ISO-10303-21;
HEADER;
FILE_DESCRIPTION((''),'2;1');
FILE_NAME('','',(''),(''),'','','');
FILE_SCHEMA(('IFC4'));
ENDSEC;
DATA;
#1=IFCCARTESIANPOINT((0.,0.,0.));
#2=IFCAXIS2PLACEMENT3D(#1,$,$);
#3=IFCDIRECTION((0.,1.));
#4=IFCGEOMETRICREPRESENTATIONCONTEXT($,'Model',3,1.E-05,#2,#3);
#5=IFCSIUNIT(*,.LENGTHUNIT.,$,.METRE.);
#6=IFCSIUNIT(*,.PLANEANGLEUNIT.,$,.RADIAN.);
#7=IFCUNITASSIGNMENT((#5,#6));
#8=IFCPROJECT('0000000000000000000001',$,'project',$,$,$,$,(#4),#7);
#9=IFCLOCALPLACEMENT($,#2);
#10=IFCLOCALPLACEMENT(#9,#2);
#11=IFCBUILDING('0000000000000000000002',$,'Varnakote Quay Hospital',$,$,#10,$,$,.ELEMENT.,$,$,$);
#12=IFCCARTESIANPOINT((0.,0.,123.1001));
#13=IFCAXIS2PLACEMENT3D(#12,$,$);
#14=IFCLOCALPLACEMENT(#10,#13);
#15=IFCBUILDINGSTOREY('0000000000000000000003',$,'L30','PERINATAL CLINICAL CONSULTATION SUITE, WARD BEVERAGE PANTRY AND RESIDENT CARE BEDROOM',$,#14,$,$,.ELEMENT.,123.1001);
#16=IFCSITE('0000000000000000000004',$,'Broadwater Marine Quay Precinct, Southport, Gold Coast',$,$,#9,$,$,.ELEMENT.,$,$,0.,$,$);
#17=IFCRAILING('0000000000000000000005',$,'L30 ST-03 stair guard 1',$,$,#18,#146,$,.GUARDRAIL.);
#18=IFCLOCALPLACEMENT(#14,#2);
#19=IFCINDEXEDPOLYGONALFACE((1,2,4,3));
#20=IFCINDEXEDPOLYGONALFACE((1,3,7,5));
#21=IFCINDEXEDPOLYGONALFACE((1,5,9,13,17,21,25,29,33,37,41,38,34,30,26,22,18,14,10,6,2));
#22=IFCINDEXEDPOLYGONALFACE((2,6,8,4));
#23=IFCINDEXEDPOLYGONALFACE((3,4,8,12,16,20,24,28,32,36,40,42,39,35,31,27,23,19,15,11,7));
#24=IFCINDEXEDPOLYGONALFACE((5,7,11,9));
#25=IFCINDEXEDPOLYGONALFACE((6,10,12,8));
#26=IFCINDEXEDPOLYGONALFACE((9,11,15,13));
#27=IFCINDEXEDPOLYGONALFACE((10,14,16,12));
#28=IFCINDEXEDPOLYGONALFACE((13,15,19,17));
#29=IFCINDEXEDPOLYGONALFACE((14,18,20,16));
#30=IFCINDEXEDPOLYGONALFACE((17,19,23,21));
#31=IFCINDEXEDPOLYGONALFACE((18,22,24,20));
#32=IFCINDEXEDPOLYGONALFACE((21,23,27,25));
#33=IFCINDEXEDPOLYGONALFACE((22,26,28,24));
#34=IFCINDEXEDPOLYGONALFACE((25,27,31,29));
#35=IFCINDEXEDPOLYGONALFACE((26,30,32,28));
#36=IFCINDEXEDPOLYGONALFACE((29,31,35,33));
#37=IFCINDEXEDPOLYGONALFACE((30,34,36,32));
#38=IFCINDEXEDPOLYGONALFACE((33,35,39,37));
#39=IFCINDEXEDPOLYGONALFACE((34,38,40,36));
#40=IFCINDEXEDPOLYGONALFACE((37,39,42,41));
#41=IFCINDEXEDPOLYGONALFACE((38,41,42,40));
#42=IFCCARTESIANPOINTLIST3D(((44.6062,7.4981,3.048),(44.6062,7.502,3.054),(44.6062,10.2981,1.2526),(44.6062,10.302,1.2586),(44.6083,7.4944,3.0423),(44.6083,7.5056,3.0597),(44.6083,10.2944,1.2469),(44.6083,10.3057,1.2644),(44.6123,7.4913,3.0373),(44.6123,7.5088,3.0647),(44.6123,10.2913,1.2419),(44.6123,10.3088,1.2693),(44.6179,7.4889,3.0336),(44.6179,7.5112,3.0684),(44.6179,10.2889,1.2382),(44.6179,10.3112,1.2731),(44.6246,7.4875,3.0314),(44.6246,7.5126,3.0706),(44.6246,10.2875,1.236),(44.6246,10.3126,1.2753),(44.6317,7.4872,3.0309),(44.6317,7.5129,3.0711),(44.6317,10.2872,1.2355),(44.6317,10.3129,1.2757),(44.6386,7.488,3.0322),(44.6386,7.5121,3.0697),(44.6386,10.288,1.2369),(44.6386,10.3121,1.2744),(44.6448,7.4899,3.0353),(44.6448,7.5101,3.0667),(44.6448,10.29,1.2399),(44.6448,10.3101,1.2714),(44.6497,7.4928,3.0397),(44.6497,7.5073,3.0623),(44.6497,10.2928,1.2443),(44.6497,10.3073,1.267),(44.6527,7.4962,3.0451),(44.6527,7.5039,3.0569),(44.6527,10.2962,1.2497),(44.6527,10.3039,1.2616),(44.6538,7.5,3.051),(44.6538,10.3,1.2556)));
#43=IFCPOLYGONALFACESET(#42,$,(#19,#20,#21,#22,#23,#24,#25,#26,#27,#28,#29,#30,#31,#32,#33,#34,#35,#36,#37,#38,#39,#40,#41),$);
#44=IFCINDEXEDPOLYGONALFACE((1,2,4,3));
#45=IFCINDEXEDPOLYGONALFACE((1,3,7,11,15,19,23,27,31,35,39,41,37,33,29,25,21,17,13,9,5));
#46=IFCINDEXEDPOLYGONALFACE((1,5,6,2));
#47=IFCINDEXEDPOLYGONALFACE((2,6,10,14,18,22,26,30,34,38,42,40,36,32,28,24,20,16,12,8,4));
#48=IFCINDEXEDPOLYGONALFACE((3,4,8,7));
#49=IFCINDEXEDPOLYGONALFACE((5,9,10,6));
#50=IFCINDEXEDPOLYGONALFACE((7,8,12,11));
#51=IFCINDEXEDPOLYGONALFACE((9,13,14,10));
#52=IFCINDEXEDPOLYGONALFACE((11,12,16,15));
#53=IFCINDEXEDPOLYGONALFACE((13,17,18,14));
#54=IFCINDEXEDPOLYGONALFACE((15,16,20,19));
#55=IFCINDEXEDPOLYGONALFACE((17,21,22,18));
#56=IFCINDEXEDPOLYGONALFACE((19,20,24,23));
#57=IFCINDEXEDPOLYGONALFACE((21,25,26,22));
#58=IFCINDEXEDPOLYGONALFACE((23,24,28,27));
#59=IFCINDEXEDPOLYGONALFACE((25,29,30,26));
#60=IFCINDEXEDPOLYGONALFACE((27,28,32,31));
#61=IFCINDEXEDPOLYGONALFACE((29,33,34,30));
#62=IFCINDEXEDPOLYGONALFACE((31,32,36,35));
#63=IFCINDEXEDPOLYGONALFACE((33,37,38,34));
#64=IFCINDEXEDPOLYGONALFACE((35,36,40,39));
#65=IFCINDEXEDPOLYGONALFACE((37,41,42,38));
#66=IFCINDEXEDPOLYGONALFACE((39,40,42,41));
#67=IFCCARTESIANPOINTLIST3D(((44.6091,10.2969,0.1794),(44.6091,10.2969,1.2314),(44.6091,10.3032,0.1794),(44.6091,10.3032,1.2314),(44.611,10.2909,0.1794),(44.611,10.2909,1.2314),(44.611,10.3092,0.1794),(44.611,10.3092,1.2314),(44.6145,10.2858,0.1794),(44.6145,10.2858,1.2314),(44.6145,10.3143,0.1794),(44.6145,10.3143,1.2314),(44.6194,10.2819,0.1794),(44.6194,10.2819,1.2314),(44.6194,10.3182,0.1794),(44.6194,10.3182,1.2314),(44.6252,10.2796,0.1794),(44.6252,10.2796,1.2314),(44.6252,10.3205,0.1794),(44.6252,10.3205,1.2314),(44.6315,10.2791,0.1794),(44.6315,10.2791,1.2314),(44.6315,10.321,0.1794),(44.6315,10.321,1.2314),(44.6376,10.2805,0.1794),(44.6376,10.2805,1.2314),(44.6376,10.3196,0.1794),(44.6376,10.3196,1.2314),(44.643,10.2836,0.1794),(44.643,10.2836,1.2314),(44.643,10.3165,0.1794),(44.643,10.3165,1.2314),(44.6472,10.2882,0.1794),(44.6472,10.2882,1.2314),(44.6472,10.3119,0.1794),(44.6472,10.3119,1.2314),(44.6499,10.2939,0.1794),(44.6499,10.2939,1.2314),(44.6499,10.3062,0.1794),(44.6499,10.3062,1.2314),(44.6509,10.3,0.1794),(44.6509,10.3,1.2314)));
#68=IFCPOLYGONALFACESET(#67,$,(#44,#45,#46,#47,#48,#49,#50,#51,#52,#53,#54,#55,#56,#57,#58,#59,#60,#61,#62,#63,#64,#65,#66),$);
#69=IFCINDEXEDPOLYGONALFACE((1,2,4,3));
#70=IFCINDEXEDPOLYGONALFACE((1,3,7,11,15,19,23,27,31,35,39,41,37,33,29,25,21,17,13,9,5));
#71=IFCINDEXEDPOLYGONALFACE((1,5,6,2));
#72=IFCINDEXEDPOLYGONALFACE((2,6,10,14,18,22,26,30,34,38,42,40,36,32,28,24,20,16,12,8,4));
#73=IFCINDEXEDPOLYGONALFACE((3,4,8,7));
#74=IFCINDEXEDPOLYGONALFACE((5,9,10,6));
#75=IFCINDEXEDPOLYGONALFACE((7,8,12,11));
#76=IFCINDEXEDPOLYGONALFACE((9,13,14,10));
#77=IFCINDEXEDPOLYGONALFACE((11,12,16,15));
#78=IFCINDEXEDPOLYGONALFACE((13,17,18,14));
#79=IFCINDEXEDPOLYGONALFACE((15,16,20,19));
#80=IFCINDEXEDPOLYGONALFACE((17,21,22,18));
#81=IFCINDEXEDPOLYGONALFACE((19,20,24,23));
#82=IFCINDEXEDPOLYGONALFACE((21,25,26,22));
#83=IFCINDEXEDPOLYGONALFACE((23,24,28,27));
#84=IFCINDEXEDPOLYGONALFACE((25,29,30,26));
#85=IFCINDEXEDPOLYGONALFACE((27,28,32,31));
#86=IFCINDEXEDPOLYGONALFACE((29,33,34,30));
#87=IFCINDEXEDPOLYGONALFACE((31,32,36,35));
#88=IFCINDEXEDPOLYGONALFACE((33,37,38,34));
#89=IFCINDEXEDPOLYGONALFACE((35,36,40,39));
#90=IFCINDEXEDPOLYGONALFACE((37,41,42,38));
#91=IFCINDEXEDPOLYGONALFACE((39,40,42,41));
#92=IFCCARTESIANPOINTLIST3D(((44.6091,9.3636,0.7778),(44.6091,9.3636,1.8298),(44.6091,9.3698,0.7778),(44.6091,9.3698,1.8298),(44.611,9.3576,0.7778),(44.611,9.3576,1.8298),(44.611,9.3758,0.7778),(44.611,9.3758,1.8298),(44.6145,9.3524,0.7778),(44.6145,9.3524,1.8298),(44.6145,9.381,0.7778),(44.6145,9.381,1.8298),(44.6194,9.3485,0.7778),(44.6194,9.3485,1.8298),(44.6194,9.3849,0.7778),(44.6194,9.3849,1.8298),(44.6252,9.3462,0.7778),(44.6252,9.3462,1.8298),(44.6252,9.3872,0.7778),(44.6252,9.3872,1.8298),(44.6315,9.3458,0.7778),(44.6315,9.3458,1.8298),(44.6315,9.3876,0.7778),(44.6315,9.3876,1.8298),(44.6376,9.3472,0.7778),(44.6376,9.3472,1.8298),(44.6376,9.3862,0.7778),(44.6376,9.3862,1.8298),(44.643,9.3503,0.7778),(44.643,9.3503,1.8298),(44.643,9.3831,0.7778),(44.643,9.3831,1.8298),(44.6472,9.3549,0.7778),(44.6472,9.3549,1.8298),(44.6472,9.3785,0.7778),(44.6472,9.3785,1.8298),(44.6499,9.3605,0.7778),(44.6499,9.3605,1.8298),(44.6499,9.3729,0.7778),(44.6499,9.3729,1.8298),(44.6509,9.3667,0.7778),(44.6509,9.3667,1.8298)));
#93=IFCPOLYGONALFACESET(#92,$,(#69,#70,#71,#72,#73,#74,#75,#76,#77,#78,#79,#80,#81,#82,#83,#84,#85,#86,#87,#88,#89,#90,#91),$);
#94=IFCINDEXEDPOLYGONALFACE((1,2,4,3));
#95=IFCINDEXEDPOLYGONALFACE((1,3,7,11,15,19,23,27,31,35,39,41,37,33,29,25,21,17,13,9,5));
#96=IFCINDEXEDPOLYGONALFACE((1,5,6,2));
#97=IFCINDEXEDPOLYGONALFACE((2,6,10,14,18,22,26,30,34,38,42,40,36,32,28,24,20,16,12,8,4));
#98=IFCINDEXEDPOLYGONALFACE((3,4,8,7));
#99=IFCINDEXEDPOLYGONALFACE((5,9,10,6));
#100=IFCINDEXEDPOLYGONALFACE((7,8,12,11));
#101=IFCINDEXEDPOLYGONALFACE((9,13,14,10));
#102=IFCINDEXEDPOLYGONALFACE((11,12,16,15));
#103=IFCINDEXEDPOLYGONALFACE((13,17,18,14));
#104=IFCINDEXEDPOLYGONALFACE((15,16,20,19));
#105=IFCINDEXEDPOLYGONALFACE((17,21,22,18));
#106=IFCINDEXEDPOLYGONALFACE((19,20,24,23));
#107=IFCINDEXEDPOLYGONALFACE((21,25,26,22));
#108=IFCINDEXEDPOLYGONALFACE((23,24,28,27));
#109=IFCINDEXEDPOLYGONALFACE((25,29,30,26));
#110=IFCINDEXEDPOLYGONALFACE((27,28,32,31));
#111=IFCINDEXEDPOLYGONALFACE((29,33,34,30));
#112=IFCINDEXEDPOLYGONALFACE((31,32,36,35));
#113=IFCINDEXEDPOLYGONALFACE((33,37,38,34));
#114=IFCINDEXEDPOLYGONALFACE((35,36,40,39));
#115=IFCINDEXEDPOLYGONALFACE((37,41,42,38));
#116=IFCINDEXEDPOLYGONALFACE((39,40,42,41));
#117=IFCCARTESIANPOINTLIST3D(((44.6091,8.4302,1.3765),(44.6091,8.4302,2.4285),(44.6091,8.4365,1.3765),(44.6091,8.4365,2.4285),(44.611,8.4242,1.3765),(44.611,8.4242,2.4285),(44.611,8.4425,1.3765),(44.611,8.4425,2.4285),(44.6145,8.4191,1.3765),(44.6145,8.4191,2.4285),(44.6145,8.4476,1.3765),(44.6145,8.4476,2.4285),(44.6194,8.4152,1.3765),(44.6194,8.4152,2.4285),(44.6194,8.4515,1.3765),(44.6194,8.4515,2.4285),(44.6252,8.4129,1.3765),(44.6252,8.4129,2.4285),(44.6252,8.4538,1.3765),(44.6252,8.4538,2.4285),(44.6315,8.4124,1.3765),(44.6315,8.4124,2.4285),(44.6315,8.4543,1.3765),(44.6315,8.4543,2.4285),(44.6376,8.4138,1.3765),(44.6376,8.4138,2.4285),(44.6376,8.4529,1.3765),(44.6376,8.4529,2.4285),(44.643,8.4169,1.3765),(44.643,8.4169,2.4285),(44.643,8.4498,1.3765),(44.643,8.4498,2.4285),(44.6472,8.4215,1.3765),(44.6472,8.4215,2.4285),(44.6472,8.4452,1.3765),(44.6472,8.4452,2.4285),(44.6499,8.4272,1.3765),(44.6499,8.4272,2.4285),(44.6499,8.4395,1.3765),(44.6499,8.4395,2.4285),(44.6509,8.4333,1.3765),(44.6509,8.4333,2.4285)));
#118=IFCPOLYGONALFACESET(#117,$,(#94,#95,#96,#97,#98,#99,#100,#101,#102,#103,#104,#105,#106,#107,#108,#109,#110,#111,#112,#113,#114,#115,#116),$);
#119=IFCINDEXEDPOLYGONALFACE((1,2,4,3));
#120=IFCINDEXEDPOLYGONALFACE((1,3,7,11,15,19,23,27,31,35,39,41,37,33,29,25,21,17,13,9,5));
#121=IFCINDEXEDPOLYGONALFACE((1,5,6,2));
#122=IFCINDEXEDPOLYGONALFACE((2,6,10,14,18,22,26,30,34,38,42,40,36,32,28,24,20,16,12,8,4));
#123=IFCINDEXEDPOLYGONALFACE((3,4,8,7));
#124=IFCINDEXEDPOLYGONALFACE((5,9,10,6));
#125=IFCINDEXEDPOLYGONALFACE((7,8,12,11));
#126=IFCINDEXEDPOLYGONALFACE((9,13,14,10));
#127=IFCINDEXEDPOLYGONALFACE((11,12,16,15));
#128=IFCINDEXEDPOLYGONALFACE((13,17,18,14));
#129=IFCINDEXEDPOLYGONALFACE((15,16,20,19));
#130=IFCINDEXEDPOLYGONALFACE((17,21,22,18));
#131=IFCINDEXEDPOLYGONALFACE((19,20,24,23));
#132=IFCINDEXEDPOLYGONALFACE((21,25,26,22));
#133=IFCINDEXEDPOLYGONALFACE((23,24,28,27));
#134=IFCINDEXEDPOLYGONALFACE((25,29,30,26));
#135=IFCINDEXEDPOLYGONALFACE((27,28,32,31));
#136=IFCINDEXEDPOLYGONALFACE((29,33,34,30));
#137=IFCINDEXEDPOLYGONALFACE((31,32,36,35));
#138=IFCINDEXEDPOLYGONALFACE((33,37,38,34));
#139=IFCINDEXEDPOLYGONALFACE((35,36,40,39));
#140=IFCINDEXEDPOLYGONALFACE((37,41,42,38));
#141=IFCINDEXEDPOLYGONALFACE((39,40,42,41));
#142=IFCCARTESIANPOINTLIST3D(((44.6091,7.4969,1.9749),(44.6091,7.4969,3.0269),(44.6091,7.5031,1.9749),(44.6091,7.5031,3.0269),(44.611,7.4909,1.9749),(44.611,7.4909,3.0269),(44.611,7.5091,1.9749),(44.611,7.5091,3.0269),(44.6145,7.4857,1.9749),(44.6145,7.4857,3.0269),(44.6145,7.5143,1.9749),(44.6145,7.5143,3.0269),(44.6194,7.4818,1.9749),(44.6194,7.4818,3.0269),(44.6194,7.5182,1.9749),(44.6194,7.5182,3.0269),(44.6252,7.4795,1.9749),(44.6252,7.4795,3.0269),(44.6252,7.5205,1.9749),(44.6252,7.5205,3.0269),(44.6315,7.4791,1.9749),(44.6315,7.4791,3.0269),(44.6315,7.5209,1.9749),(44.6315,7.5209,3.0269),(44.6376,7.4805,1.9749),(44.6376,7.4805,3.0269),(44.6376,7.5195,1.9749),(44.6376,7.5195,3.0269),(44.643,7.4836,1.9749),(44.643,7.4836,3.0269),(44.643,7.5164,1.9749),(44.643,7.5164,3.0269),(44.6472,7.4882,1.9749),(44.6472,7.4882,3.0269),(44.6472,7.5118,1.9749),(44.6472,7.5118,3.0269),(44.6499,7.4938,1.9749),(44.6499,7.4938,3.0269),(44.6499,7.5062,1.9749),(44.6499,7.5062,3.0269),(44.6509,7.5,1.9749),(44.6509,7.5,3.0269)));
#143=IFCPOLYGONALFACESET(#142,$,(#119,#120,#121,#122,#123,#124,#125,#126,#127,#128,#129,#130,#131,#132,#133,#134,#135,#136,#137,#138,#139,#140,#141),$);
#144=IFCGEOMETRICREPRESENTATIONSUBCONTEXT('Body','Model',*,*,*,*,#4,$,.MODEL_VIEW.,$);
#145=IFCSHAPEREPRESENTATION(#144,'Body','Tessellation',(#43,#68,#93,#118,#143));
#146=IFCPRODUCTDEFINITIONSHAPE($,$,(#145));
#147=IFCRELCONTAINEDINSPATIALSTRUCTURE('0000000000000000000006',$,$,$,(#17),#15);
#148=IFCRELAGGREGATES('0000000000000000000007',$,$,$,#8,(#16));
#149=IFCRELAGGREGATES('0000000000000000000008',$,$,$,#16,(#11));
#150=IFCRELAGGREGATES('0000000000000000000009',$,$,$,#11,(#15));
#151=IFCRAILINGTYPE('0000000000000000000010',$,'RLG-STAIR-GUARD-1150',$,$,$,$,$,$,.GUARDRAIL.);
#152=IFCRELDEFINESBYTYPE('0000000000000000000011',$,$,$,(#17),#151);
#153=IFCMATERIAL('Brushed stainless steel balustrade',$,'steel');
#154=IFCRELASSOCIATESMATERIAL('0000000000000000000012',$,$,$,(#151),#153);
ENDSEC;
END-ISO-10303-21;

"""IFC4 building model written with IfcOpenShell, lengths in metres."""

from ifc_helpers import new_model, si_unit, direction, frame, origin, origin_2d, place, context, subcontext, project, spatial, circle, extrude, material, type_object, element, save


model = new_model("IFC4")

# Units and contexts
model_context = context("Model", 3, precision=1e-05, world=origin(), true_north=direction((0.0, 1.0)))
body_context = subcontext(model_context, "Body", "Model", "MODEL_VIEW")
ifc_project = project(units=[si_unit("LENGTHUNIT", "METRE"), si_unit("PLANEANGLEUNIT", "RADIAN")], contexts=[model_context])

# Site, building, storey
site_placement = place(None, origin())
site = spatial("IfcSite", under=ifc_project, at=site_placement, Name="Broadwater Marine Quay Precinct, Southport, Gold Coast", CompositionType="ELEMENT", RefElevation=0.0)
building_placement = place(site_placement, origin())
building = spatial("IfcBuilding", under=site, at=building_placement, Name="Varnakote Quay Hospital", CompositionType="ELEMENT")
storey_placement = place(building_placement, frame((0.0, 0.0, 123.1001)))
storey = spatial("IfcBuildingStorey", under=building, at=storey_placement, Name="L30", Description="PERINATAL CLINICAL CONSULTATION SUITE, WARD BEVERAGE PANTRY AND RESIDENT CARE BEDROOM", CompositionType="ELEMENT", Elevation=123.1001)

# Railing
ifc_material_1 = material(Name="Brushed stainless steel balustrade", Category="steel")
railing_type_1 = type_object("IfcRailingType", Name="RLG-STAIR-GUARD-1150", PredefinedType="GUARDRAIL", material=ifc_material_1)
railing_1_placement = place(storey_placement, frame((44.6299, 10.3, 0.1794)))
element("IfcRailing", 1, at=railing_1_placement, inside=storey, type_object=railing_type_1, Name="L30 ST-03 stair guard 1", PredefinedType="GUARDRAIL", context=body_context, shape_type="SweptSolid", body=[
    extrude(circle(Radius=0.0239, at=origin_2d()), frame((0.0, 0.0, 1.0762), z_axis=(0.0, -0.84181, 0.539774), x_axis=(1.0, 0.0, 0.0)), (0.0, 0.0, 1.0), 3.3262),
    extrude(circle(Radius=0.021, at=origin_2d()), origin(), (0.0, 0.0, 1.0), 1.052),
    extrude(circle(Radius=0.021, at=origin_2d()), frame((0.0, -0.9333, 0.5984)), (0.0, 0.0, 1.0), 1.052),
    extrude(circle(Radius=0.021, at=origin_2d()), frame((0.0, -1.8667, 1.197)), (0.0, 0.0, 1.0), 1.052),
    extrude(circle(Radius=0.021, at=origin_2d()), frame((0.0, -2.8, 1.7954)), (0.0, 0.0, 1.0), 1.052),
])

save(model, "model.ifc")
